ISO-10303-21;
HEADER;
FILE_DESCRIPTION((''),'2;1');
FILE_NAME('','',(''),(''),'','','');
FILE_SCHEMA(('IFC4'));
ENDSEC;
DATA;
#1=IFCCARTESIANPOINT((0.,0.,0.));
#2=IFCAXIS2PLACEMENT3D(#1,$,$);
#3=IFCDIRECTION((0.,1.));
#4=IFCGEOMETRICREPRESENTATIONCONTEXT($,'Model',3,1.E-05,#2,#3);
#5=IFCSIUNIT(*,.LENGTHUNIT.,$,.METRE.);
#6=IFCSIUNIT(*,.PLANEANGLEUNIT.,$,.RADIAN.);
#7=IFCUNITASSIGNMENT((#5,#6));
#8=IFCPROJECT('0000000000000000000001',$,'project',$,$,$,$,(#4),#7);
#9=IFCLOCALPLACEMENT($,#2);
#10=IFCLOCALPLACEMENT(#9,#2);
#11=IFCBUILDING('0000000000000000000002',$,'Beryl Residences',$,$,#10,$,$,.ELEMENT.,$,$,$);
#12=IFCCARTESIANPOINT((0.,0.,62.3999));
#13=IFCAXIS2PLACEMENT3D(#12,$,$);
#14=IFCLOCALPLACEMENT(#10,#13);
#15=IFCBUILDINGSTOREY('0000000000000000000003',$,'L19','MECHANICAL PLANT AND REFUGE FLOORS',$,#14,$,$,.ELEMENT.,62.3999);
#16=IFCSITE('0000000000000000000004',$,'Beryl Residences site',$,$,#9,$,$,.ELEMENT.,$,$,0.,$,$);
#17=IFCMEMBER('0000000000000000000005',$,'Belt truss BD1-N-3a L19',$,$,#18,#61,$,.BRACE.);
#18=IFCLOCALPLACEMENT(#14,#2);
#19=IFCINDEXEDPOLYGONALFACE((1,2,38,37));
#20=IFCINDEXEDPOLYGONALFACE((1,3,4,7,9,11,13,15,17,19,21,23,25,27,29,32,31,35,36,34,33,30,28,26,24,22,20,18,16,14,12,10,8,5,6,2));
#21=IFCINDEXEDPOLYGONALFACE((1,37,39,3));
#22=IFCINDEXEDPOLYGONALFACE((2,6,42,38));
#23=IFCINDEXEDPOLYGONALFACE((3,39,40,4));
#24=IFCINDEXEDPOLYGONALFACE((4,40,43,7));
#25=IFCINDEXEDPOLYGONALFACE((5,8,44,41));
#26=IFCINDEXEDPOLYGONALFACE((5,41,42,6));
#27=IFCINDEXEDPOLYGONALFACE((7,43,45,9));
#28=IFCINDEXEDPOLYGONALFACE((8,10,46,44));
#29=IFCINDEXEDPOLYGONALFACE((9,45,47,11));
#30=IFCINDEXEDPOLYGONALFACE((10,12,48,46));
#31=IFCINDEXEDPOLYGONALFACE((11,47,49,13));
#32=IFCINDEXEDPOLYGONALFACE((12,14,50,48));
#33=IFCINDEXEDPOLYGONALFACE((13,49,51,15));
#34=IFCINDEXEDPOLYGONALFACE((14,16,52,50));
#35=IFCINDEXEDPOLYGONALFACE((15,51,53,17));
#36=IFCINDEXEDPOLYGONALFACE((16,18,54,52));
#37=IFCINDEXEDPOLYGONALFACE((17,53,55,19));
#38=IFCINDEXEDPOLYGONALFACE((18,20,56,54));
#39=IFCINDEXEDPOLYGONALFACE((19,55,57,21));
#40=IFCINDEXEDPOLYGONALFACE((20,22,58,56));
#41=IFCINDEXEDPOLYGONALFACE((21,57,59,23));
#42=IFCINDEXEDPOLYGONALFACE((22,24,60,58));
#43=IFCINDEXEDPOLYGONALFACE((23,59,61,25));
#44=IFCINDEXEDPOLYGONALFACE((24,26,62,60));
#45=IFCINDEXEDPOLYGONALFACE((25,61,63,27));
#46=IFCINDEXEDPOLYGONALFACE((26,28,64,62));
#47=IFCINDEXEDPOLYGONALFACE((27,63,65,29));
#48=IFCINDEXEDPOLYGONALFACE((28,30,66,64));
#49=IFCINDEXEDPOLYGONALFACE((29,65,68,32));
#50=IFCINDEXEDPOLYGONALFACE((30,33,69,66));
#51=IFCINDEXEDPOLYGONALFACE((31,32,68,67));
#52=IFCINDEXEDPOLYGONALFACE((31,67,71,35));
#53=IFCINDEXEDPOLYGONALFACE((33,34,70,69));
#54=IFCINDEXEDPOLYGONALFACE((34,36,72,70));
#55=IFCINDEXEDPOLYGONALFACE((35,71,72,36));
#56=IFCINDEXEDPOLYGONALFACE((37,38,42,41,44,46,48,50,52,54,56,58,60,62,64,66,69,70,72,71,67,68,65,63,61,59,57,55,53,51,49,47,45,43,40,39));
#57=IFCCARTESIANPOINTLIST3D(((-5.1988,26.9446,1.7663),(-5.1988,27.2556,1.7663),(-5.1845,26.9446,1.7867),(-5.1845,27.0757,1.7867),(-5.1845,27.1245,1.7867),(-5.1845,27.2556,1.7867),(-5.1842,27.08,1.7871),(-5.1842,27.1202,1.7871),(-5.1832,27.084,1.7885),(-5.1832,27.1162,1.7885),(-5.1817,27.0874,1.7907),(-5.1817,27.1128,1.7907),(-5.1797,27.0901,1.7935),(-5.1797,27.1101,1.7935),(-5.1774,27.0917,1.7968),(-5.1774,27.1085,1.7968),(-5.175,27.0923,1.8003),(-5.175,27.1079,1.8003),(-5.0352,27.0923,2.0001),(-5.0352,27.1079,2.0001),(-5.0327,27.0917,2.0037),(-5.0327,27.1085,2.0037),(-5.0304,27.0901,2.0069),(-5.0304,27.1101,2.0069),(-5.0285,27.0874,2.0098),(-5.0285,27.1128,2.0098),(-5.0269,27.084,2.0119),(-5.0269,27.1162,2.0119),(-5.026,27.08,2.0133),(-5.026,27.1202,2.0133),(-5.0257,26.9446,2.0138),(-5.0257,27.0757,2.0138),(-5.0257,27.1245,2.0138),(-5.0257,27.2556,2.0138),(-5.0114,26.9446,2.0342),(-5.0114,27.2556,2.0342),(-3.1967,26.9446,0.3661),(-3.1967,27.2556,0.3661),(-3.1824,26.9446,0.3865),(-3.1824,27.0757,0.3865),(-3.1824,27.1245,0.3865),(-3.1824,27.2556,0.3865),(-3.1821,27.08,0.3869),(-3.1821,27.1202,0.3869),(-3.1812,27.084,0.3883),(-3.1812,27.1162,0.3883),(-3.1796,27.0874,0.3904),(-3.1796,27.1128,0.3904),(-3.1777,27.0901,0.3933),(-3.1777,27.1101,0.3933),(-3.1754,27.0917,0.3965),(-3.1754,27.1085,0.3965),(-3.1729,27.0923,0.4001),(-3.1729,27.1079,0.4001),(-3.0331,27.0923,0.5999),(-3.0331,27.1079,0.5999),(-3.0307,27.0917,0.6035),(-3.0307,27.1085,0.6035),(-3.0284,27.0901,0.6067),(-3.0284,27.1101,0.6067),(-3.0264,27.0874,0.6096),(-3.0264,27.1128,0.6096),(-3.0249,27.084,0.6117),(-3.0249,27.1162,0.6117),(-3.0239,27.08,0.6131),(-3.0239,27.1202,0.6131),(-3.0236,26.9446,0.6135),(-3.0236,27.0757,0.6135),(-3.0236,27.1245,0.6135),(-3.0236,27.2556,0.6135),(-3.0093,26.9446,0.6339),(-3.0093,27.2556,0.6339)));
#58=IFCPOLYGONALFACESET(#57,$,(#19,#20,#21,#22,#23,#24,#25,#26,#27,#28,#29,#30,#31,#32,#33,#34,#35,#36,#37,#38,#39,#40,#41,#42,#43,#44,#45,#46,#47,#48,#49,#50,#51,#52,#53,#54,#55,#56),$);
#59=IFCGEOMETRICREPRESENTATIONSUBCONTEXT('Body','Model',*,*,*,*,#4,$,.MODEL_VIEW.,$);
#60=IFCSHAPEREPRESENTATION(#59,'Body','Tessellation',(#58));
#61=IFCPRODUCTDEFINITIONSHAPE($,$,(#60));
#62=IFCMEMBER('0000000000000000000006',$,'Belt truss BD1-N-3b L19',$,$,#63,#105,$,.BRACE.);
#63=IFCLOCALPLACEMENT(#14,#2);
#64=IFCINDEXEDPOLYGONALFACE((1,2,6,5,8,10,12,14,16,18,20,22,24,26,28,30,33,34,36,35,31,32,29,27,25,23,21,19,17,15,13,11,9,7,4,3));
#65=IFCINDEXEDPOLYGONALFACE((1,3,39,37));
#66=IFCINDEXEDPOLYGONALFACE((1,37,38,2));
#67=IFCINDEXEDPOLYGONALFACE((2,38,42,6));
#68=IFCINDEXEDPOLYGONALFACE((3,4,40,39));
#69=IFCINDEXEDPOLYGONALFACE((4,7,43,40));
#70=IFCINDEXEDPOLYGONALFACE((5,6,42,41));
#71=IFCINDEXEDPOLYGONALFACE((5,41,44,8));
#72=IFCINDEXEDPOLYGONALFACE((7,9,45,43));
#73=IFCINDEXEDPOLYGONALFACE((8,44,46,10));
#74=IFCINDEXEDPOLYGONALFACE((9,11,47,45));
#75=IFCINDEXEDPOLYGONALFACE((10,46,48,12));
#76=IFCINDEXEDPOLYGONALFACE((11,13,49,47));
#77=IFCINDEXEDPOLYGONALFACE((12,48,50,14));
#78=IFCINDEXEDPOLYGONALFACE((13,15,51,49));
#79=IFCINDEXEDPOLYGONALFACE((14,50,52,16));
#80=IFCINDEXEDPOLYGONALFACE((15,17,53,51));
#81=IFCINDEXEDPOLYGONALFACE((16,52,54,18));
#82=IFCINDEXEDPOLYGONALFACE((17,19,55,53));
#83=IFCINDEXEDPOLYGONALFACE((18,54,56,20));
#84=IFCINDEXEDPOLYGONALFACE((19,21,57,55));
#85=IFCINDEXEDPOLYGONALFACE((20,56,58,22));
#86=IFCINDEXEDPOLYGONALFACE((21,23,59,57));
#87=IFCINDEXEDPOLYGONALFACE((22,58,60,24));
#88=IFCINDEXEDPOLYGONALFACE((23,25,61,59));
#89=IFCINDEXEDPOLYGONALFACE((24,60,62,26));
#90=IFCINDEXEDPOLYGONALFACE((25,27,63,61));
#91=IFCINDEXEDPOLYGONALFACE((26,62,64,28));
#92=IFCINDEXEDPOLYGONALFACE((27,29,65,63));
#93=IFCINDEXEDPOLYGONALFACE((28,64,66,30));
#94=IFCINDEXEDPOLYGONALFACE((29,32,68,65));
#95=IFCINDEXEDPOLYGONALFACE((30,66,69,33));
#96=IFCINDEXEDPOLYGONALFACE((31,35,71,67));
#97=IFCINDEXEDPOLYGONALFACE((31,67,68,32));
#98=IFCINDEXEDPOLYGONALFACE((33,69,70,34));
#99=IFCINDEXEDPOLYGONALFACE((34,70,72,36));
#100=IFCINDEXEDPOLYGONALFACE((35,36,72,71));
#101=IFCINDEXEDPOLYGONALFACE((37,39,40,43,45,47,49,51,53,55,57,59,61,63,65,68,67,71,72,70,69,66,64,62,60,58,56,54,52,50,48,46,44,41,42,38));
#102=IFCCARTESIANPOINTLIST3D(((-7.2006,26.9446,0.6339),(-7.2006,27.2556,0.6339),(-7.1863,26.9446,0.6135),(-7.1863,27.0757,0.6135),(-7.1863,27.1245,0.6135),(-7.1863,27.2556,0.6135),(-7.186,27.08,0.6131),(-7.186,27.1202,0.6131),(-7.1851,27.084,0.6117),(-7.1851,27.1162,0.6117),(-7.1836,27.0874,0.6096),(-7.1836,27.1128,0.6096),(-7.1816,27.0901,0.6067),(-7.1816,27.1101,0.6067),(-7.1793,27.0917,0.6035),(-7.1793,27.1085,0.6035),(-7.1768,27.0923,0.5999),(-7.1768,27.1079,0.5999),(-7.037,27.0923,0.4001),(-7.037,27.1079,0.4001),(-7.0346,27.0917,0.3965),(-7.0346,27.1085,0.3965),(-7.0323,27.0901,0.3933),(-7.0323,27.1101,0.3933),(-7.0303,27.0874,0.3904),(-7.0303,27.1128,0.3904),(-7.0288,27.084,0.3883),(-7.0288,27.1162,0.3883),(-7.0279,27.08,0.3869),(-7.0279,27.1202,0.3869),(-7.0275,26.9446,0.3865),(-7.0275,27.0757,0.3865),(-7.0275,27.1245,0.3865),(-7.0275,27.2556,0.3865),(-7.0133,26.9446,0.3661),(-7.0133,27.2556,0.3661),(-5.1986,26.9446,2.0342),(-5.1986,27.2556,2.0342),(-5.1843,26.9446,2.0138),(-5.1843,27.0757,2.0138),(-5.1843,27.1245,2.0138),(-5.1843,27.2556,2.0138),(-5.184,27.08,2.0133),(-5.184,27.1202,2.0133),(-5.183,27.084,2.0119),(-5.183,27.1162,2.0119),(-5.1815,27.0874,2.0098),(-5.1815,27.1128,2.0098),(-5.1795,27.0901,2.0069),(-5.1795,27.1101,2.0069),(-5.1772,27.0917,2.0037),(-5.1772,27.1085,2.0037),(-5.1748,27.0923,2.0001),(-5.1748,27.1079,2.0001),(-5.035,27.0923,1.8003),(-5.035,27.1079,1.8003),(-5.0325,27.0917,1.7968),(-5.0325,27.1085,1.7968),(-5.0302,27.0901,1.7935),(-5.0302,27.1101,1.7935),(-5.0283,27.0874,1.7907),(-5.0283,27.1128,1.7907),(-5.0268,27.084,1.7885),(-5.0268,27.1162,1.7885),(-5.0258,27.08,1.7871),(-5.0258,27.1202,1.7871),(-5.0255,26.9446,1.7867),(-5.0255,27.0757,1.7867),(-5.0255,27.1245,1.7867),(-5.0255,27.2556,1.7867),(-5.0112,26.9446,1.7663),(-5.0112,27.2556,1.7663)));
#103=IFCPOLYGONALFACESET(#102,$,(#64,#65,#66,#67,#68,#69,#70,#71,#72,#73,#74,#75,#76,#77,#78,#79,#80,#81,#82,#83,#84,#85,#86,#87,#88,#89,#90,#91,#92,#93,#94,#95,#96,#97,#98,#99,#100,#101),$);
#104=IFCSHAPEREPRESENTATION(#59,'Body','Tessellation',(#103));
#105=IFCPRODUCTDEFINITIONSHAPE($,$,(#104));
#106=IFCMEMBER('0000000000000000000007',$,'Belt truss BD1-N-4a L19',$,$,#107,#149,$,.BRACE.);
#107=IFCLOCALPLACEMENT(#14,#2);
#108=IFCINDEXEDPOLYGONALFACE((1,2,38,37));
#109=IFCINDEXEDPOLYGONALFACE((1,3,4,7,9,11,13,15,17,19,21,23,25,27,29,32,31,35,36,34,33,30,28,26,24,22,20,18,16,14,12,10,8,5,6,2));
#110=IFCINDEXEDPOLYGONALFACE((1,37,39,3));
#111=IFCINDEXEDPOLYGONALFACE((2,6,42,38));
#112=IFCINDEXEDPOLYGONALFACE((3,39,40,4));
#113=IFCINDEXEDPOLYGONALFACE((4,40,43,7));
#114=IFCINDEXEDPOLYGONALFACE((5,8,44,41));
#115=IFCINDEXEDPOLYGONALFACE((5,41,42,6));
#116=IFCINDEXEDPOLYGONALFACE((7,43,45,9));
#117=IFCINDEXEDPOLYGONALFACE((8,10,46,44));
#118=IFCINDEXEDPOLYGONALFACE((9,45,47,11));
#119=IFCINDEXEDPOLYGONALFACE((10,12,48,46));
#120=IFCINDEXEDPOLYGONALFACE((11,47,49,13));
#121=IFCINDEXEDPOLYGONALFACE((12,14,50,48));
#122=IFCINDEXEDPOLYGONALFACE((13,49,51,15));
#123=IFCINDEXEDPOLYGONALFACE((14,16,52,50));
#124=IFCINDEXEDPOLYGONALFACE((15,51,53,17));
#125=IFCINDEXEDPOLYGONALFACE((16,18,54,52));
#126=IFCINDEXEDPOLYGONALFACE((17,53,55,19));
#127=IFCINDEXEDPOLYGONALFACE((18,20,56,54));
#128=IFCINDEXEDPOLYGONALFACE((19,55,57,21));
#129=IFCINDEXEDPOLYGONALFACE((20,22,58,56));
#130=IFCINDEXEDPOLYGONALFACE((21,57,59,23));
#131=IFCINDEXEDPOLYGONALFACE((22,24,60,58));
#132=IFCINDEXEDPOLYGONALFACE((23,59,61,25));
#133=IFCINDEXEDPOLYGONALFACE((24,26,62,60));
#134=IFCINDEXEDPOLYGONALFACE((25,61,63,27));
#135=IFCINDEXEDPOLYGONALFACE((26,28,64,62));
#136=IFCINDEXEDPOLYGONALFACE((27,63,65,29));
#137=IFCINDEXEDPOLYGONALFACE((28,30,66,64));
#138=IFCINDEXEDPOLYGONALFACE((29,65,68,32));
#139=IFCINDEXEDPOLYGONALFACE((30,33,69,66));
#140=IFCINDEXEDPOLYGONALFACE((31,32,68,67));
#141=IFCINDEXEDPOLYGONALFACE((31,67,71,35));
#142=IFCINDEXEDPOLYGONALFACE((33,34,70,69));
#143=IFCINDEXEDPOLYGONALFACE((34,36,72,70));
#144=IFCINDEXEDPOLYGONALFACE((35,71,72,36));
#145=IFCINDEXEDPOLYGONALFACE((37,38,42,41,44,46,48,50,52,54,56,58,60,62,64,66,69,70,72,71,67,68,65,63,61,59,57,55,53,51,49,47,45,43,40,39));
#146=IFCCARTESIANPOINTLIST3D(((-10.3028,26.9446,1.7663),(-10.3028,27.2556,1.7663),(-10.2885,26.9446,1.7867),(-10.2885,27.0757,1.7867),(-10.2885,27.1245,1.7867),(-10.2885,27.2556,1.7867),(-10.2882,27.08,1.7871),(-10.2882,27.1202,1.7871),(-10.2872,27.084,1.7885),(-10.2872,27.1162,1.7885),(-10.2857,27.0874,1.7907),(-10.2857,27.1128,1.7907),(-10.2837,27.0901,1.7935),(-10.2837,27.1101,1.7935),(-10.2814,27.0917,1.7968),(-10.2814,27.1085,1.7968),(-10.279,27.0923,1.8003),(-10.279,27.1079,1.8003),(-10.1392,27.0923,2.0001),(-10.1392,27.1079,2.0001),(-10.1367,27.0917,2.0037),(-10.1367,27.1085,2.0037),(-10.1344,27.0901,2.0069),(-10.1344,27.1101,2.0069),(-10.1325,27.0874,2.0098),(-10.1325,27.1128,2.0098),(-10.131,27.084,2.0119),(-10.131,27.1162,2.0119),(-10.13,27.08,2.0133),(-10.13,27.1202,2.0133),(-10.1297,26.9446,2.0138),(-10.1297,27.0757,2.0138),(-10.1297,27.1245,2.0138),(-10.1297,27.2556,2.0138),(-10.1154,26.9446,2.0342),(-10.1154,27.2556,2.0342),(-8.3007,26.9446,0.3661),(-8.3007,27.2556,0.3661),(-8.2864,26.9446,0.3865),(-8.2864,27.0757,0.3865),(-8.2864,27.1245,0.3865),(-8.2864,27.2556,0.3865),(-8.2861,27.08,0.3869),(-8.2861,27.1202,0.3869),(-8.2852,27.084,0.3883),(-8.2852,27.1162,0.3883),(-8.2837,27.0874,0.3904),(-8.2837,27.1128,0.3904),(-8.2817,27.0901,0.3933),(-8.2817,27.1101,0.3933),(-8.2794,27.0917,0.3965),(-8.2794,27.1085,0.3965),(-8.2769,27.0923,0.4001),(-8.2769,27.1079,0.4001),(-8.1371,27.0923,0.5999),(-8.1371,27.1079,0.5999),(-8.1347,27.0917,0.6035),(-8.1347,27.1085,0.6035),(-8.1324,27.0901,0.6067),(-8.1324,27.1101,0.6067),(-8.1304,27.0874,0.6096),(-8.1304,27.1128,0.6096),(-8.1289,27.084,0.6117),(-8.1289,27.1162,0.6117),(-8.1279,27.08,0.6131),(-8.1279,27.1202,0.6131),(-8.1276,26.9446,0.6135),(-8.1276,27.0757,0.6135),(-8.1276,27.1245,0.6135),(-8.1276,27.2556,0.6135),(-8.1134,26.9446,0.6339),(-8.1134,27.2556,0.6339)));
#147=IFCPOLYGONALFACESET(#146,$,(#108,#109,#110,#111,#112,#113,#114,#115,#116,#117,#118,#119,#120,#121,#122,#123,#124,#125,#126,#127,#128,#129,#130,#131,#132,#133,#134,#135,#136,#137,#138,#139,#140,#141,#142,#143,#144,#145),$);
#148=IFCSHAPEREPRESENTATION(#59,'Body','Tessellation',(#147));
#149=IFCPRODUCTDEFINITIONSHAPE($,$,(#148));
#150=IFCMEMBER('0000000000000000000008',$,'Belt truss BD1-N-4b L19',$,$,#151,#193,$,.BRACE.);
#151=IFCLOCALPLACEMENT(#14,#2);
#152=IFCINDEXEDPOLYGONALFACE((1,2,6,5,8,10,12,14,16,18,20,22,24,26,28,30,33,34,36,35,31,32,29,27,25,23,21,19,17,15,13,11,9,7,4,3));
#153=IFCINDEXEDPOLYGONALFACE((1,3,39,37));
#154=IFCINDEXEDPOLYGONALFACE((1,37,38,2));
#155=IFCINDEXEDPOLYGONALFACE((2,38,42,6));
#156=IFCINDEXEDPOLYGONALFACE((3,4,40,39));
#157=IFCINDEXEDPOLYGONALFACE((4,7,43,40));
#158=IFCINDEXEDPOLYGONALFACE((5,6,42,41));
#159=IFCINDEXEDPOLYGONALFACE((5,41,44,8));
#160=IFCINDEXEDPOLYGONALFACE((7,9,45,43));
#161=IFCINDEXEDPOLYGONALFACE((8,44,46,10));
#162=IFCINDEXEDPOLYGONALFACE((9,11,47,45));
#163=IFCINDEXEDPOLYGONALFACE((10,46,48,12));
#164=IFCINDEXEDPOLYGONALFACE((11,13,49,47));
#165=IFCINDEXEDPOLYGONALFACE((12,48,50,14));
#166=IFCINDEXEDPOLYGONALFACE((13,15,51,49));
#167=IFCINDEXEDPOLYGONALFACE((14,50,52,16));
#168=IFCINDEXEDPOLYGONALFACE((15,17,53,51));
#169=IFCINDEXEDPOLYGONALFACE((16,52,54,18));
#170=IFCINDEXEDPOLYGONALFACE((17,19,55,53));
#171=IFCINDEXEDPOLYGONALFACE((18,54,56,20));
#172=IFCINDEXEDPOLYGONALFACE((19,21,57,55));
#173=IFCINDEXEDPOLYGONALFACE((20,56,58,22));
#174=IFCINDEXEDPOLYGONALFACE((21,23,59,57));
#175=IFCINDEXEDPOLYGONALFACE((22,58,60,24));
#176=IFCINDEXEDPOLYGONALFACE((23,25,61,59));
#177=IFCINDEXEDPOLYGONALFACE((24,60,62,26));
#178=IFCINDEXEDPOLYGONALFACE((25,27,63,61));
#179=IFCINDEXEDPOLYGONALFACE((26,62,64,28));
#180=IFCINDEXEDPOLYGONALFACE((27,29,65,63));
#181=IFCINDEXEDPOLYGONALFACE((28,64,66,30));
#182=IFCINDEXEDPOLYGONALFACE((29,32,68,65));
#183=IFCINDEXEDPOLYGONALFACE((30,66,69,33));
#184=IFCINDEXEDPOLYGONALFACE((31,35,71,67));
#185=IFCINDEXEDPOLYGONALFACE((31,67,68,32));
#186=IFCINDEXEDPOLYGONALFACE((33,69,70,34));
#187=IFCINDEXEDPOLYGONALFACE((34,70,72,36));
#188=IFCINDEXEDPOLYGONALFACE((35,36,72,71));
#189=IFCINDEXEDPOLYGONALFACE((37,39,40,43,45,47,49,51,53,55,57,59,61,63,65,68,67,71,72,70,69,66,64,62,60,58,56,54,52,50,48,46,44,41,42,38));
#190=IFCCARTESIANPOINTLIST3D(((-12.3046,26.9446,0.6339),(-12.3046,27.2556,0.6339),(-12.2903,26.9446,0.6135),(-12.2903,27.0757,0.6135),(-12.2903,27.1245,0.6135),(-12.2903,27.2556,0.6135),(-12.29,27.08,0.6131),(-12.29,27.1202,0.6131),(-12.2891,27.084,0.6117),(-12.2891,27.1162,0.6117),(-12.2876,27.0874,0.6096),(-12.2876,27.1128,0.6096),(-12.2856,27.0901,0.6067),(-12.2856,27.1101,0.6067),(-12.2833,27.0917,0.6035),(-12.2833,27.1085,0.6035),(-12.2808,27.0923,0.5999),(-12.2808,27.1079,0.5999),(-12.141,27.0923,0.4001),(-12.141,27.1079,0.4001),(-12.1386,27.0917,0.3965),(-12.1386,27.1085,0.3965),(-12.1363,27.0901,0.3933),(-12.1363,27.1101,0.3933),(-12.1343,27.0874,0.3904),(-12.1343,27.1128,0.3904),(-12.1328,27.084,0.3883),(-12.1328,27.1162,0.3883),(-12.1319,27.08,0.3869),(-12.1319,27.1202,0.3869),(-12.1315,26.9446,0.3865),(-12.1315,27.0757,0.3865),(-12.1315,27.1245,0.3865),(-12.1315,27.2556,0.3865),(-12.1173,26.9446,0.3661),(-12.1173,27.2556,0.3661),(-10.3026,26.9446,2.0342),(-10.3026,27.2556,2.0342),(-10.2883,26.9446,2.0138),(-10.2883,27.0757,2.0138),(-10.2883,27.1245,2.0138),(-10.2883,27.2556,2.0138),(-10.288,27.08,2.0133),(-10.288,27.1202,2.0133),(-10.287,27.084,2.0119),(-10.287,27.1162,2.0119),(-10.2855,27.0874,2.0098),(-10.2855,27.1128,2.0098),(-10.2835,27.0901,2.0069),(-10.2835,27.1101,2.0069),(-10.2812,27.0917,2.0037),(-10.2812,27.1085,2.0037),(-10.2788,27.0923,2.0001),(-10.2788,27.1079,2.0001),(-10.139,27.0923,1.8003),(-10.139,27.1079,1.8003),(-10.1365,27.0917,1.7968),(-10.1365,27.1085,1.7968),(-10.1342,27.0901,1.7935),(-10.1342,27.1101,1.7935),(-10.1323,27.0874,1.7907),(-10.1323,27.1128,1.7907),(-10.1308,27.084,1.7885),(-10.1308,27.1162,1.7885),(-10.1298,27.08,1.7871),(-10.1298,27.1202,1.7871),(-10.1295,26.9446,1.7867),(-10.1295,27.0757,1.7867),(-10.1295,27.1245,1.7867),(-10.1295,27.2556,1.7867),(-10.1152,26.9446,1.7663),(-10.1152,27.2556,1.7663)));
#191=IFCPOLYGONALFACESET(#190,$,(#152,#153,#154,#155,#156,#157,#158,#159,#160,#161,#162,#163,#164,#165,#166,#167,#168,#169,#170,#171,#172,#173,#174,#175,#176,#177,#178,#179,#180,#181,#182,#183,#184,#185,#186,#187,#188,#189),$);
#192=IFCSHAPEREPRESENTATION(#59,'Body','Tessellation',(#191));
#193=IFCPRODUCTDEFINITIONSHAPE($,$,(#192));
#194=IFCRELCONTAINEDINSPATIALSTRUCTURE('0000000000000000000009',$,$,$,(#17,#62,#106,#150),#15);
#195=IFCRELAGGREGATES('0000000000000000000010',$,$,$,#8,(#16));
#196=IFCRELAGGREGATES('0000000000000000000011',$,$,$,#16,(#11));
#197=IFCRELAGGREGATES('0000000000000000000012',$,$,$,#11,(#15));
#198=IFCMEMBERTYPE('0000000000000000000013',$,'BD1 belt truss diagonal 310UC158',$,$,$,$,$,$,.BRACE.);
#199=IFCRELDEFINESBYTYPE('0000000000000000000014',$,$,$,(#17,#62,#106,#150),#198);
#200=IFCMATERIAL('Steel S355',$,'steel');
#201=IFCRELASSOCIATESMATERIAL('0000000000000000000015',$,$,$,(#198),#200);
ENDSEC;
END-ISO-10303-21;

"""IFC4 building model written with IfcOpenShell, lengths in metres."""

from ifc_helpers import new_model, si_unit, direction, frame, origin, origin_2d, place, context, subcontext, project, spatial, i_section, extrude, material, material_profile, profile_set, type_object, element, save


model = new_model("IFC4")

# Units and contexts
model_context = context("Model", 3, precision=1e-05, world=origin(), true_north=direction((0.0, 1.0)))
body_context = subcontext(model_context, "Body", "Model", "MODEL_VIEW")
ifc_project = project(units=[si_unit("LENGTHUNIT", "METRE"), si_unit("PLANEANGLEUNIT", "RADIAN")], contexts=[model_context])

# Site, building, storey
site_placement = place(None, origin())
site = spatial("IfcSite", under=ifc_project, at=site_placement, Name="Beryl Residences site", CompositionType="ELEMENT", RefElevation=0.0)
building_placement = place(site_placement, origin())
building = spatial("IfcBuilding", under=site, at=building_placement, Name="Beryl Residences", CompositionType="ELEMENT")
storey_placement = place(building_placement, frame((0.0, 0.0, 62.3999)))
storey = spatial("IfcBuildingStorey", under=building, at=storey_placement, Name="L19", Description="MECHANICAL PLANT AND REFUGE FLOORS", CompositionType="ELEMENT", Elevation=62.3999)

# Members
ifc_material_1 = material(Name="Steel S355", Category="steel")
ifc_material_profile_1 = material_profile(ifc_material_1, i_section(OverallWidth=0.311, OverallDepth=0.3269, WebThickness=0.0156, FlangeThickness=0.0249, FilletRadius=0.0166, at=origin_2d()))
ifc_profile_set_1 = profile_set([ifc_material_profile_1], Name="Steel S355")
member_type_1 = type_object("IfcMemberType", Name="BD1 belt truss diagonal 310UC158", PredefinedType="BRACE", material=ifc_profile_set_1)
for number, where, z_axis, x_axis, name in (
    (1, (-3.103, 27.1001, 0.5), (-0.819467, 0.0, 0.573127), (0.0, -1.0, 0.0), "Belt truss BD1-N-3a L19"),
    (2, (-7.1069, 27.1001, 0.5), (0.819467, 0.0, 0.573127), (0.0, 1.0, 0.0), "Belt truss BD1-N-3b L19"),
    (3, (-8.207, 27.1001, 0.5), (-0.819467, 0.0, 0.573127), (0.0, -1.0, 0.0), "Belt truss BD1-N-4a L19"),
    (4, (-12.2109, 27.1001, 0.5), (0.819467, 0.0, 0.573127), (0.0, 1.0, 0.0), "Belt truss BD1-N-4b L19"),
):
    element("IfcMember", number, at=place(storey_placement, frame(where, z_axis=z_axis, x_axis=x_axis)), inside=storey, type_object=member_type_1, Name=name, PredefinedType="BRACE", context=body_context, shape_type="SweptSolid", body=[
        extrude(i_section(OverallWidth=0.311, OverallDepth=0.3269, WebThickness=0.0156, FlangeThickness=0.0249, FilletRadius=0.0166, at=origin_2d()), origin(), (0.0, 0.0, 1.0), 2.4431),
    ])

save(model, "model.ifc")
